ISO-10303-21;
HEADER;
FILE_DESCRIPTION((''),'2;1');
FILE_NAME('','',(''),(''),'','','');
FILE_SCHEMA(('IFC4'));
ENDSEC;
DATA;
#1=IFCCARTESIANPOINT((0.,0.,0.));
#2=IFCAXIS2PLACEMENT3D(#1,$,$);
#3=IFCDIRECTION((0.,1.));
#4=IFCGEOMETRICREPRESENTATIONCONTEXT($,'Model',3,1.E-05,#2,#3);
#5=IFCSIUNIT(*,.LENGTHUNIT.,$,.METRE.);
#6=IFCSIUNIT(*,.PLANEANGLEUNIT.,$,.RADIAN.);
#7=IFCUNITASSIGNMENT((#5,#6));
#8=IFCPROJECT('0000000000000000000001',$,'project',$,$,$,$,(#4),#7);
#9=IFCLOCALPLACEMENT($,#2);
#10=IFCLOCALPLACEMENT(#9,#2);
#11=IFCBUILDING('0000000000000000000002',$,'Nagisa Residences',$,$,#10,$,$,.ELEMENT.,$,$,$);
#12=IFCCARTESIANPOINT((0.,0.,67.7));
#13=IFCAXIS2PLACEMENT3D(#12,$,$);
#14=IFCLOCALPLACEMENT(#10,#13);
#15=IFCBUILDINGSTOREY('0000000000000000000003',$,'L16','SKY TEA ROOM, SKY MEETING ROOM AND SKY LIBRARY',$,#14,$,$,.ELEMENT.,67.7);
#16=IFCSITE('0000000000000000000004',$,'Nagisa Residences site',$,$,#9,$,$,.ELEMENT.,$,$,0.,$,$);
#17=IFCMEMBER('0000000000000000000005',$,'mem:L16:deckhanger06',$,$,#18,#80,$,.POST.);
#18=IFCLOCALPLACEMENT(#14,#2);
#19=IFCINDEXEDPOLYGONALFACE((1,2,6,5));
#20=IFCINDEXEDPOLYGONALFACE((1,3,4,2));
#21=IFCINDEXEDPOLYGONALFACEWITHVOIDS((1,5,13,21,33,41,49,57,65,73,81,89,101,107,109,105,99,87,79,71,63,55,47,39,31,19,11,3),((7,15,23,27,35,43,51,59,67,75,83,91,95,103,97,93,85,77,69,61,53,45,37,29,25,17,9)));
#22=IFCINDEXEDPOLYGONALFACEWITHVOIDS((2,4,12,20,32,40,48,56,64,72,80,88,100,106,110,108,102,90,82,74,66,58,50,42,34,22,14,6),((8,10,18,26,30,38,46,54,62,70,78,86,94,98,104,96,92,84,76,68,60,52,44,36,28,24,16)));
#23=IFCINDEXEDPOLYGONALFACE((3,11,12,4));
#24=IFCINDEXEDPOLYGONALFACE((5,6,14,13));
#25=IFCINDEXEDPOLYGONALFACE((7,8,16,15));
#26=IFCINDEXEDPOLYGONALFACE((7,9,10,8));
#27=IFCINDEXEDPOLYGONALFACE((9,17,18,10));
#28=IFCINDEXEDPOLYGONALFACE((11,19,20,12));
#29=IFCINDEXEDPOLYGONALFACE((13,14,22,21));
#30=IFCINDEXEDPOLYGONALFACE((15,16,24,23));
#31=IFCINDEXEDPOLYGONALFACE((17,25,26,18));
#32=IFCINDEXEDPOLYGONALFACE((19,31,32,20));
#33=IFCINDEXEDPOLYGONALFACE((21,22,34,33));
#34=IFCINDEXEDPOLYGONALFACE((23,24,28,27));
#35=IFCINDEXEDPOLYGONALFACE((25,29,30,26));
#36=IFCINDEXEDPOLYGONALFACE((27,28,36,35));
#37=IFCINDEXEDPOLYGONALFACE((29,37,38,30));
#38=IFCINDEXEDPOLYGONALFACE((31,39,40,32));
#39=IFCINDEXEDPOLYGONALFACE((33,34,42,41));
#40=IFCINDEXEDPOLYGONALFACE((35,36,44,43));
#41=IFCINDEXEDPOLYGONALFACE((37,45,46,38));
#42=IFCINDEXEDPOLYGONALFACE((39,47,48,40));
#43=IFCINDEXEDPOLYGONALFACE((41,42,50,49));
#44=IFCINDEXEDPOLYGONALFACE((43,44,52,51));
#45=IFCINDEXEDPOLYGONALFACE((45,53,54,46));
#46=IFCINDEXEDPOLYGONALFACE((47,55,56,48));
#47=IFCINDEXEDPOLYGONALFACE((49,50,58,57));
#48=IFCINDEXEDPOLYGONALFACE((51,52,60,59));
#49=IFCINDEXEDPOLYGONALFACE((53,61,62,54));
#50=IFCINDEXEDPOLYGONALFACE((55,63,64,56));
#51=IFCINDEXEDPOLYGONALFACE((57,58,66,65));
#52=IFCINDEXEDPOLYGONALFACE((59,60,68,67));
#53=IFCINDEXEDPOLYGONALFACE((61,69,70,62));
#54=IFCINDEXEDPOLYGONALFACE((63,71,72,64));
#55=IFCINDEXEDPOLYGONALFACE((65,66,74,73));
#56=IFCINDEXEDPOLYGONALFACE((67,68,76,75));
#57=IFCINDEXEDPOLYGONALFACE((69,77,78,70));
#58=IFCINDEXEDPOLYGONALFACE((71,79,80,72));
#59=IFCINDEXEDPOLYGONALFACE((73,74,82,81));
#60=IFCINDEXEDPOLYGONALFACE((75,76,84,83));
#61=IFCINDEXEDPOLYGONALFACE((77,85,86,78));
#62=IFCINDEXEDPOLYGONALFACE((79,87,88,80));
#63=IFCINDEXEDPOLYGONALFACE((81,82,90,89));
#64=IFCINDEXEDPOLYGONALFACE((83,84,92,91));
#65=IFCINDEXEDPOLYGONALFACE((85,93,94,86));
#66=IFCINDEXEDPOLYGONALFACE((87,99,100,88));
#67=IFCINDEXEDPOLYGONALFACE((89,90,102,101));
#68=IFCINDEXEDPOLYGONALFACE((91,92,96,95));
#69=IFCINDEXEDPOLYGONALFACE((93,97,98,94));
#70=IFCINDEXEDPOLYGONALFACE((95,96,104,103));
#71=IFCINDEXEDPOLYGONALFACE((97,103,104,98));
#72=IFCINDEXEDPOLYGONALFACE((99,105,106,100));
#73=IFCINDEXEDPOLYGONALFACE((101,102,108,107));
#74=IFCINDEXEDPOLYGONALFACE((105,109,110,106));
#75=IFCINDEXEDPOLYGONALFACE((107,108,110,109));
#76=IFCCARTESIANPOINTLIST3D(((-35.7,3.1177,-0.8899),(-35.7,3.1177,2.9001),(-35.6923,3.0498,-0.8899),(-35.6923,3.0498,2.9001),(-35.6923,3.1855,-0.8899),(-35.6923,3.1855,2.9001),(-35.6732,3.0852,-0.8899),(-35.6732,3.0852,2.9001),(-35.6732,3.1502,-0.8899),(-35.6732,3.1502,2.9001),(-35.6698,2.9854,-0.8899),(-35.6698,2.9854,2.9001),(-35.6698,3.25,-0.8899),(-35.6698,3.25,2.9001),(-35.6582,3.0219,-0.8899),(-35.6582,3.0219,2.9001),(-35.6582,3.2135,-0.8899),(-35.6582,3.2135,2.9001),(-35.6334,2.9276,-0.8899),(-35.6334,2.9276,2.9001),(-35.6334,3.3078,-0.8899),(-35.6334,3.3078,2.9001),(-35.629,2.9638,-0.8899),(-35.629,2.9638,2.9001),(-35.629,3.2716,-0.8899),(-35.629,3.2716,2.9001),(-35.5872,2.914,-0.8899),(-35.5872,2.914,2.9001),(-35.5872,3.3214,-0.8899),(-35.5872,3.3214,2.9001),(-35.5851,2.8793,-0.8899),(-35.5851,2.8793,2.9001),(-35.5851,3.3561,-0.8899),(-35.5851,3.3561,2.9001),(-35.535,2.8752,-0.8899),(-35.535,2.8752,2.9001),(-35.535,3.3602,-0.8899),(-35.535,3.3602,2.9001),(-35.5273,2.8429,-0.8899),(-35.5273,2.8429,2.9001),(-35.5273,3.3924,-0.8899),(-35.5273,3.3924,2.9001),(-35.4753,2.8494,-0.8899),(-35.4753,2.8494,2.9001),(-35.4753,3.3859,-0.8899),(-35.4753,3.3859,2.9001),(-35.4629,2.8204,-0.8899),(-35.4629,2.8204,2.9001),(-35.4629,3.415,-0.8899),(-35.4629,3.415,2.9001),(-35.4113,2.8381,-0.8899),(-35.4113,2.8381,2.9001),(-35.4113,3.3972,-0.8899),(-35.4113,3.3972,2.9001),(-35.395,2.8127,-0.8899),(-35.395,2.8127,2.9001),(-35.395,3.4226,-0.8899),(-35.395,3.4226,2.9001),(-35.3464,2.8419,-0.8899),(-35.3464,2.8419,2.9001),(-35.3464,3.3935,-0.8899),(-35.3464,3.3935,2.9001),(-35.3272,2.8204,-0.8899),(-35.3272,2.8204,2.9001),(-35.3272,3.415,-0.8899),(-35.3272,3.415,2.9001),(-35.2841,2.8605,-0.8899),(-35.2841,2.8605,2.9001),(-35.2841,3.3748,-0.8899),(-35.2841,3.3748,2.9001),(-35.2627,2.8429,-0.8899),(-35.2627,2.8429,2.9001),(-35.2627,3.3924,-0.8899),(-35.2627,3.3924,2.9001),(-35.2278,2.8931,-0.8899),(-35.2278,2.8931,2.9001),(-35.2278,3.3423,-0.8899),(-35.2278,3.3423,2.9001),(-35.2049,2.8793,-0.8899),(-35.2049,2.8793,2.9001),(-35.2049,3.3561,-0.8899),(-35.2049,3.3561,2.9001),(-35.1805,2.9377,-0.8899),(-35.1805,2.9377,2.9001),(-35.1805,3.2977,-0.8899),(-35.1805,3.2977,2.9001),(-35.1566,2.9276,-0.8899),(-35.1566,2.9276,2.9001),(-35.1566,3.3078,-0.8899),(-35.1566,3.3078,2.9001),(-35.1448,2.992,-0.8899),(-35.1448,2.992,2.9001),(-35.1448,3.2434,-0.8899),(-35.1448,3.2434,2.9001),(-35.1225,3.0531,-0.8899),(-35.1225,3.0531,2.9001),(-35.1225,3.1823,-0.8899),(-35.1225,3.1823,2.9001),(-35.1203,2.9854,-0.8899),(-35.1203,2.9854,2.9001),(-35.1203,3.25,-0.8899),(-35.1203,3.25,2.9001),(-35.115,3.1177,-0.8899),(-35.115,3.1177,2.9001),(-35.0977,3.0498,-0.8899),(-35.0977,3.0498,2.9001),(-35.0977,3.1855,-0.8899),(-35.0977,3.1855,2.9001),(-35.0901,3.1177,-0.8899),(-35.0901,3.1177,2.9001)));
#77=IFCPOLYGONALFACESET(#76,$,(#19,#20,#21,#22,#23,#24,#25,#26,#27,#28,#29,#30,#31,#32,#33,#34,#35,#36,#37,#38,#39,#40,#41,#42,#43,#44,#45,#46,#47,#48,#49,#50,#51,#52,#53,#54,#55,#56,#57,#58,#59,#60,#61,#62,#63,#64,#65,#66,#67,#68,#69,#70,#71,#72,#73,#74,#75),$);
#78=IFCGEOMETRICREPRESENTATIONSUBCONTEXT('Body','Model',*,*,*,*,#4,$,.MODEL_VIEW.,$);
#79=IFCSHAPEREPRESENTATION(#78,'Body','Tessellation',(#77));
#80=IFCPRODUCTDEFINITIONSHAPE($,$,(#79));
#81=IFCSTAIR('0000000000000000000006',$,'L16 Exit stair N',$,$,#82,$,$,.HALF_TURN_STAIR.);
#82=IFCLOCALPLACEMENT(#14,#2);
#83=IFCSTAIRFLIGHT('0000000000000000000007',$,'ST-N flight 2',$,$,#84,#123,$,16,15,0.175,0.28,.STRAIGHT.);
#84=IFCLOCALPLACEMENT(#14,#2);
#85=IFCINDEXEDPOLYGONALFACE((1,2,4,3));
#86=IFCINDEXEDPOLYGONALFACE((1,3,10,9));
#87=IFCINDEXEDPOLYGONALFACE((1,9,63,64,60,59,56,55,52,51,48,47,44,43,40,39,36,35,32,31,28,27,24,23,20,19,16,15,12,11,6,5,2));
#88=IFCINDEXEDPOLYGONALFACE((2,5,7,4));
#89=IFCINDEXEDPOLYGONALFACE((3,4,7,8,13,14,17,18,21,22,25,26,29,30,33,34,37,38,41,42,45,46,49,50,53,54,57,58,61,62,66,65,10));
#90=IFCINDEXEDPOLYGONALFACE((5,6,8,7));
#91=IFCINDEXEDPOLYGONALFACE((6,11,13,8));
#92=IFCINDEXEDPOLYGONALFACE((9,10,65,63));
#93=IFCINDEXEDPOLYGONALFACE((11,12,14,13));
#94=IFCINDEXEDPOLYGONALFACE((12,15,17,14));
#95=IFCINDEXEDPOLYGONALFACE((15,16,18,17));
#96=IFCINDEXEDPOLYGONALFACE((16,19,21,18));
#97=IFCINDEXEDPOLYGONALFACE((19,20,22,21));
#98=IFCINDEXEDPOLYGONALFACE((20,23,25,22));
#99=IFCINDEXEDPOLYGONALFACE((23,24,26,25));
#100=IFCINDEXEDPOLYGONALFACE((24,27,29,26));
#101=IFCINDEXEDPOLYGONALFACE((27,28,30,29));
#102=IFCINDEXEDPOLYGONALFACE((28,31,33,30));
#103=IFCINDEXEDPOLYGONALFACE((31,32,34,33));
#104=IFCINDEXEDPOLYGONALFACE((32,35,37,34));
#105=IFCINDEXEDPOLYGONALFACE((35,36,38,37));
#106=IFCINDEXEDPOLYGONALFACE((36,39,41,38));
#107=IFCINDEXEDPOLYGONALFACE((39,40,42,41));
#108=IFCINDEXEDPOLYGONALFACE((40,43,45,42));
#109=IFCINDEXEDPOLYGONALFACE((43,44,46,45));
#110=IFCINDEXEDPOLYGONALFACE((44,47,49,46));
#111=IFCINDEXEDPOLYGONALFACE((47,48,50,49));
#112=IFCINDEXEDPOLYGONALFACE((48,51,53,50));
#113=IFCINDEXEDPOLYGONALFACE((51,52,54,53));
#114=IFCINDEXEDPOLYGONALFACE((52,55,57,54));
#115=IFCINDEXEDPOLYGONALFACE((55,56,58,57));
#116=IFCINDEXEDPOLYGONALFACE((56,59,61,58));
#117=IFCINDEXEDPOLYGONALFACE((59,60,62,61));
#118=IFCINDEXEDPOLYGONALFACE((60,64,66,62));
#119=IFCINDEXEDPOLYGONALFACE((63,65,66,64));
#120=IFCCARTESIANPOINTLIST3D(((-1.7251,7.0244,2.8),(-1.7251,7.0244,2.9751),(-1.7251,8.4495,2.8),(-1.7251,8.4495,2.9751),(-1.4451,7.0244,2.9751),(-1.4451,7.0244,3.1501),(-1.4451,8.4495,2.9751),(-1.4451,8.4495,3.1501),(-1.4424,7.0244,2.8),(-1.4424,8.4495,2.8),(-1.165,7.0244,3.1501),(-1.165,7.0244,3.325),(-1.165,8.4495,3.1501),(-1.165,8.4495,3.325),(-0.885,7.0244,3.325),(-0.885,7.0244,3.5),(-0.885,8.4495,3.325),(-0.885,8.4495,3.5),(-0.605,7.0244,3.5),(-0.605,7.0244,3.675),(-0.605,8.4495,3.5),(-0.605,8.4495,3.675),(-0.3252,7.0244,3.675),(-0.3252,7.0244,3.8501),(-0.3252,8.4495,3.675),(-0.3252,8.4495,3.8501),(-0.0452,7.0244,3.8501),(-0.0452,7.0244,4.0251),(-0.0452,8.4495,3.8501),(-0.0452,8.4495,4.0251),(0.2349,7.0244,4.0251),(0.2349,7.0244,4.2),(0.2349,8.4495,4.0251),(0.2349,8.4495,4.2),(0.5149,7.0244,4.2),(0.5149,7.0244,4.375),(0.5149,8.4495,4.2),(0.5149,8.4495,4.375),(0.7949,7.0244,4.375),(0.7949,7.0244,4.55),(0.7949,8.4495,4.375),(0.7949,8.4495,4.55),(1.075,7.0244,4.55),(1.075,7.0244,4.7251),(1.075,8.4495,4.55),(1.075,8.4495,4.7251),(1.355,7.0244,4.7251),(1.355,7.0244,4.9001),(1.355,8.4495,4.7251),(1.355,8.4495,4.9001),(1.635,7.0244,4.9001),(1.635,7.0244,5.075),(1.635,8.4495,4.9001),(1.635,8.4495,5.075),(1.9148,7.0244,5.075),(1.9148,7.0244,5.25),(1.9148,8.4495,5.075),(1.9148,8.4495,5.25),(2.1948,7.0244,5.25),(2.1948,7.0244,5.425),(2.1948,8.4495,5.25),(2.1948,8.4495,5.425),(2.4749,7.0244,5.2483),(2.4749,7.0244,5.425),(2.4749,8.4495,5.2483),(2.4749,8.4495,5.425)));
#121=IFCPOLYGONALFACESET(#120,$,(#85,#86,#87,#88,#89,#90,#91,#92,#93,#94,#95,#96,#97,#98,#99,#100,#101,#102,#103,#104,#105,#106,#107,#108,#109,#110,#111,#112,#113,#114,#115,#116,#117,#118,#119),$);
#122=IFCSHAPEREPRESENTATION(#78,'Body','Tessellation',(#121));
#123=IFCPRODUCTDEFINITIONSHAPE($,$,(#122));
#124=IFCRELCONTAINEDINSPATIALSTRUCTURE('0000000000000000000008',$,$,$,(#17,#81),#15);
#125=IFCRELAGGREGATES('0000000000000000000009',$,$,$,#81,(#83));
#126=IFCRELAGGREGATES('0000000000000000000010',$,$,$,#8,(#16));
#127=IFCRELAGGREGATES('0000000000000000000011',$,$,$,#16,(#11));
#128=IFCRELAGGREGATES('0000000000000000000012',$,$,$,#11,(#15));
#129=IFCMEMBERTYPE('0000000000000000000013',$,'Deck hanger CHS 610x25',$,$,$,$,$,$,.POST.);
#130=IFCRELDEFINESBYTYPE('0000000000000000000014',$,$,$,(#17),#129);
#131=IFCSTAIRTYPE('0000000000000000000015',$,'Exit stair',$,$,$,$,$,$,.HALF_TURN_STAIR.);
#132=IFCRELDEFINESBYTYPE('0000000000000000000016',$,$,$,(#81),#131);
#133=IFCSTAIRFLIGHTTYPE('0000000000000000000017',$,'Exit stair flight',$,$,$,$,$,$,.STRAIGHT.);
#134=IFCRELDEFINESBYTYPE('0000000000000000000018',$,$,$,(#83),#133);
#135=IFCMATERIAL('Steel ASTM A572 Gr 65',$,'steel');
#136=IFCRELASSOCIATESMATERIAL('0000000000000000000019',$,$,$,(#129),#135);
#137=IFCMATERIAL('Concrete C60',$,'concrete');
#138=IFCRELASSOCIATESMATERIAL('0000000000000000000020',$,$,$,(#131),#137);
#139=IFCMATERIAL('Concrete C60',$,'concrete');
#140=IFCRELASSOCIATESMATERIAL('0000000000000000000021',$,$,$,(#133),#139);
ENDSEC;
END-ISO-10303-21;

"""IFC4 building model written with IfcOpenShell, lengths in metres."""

from ifc_helpers import new_model, si_unit, direction, frame, origin, origin_2d, place, context, subcontext, project, spatial, polyline, hollow_circle, outline, extrude, material, material_profile, profile_set, type_object, element, aggregate, save


model = new_model("IFC4")

# Units and contexts
model_context = context("Model", 3, precision=1e-05, world=origin(), true_north=direction((0.0, 1.0)))
body_context = subcontext(model_context, "Body", "Model", "MODEL_VIEW")
ifc_project = project(units=[si_unit("LENGTHUNIT", "METRE"), si_unit("PLANEANGLEUNIT", "RADIAN")], contexts=[model_context])

# Site, building, storey
site_placement = place(None, origin())
site = spatial("IfcSite", under=ifc_project, at=site_placement, Name="Nagisa Residences site", CompositionType="ELEMENT", RefElevation=0.0)
building_placement = place(site_placement, origin())
building = spatial("IfcBuilding", under=site, at=building_placement, Name="Nagisa Residences", CompositionType="ELEMENT")
storey_placement = place(building_placement, frame((0.0, 0.0, 67.7)))
storey = spatial("IfcBuildingStorey", under=building, at=storey_placement, Name="L16", Description="SKY TEA ROOM, SKY MEETING ROOM AND SKY LIBRARY", CompositionType="ELEMENT", Elevation=67.7)

# Member
ifc_material_1 = material(Name="Steel ASTM A572 Gr 65", Category="steel")
ifc_material_profile_1 = material_profile(ifc_material_1, hollow_circle(Radius=0.3049, WallThickness=0.0249, at=origin_2d()), Name="CHS 610x25")
ifc_profile_set_1 = profile_set([ifc_material_profile_1], Name="Steel ASTM A572 Gr 65")
member_type_1 = type_object("IfcMemberType", Name="Deck hanger CHS 610x25", PredefinedType="POST", material=ifc_profile_set_1)
member_1_placement = place(storey_placement, frame((-35.395, 3.1177, 2.9001), z_axis=(0.0, 0.0, -1.0), x_axis=(1.0, 0.0, 0.0)))
element("IfcMember", 1, at=member_1_placement, inside=storey, type_object=member_type_1, Name="mem:L16:deckhanger06", PredefinedType="POST", context=body_context, shape_type="SweptSolid", body=[
    extrude(hollow_circle(Radius=0.3049, WallThickness=0.0249, at=origin_2d()), origin(), (0.0, 0.0, 1.0), 3.79),
])

# Stair, stair flight
ifc_material_2 = material(Name="Concrete C60", Category="concrete")
stair_type = type_object("IfcStairType", Name="Exit stair", PredefinedType="HALF_TURN_STAIR", material=ifc_material_2)
stair_placement = place(storey_placement, origin())
stair = element("IfcStair", 2, at=stair_placement, inside=storey, type_object=stair_type, Name="L16 Exit stair N", PredefinedType="HALF_TURN_STAIR")
ifc_material_3 = material(Name="Concrete C60", Category="concrete")
stair_flight_type = type_object("IfcStairFlightType", Name="Exit stair flight", PredefinedType="STRAIGHT", material=ifc_material_3)
stair_flight_placement = place(storey_placement, frame((-1.7251, 7.7371, 2.8), z_axis=(0.0, 0.0, 1.0), x_axis=(1.0, 0.0, 0.0)))
stair_flight = element("IfcStairFlight", 3, at=stair_flight_placement, type_object=stair_flight_type, Name="ST-N flight 2", NumberOfRisers=16, NumberOfTreads=15, PredefinedType="STRAIGHT", RiserHeight=0.175, TreadLength=0.28, context=body_context, shape_type="SweptSolid", body=[
    extrude(outline(polyline([(0.0, 0.0), (0.0, 0.175), (0.28, 0.175), (0.28, 0.3501), (0.5601, 0.3501), (0.5601, 0.5249), (0.8401, 0.5249), (0.8401, 0.7), (1.1201, 0.7), (1.1201, 0.875), (1.3999, 0.875), (1.3999, 1.05), (1.6799, 1.05), (1.6799, 1.2251), (1.96, 1.2251), (1.96, 1.3999), (2.24, 1.3999), (2.24, 1.575), (2.52, 1.575), (2.52, 1.75), (2.8, 1.75), (2.8, 1.925), (3.0801, 1.925), (3.0801, 2.1001), (3.3601, 2.1001), (3.3601, 2.2749), (3.6399, 2.2749), (3.6399, 2.45), (3.9199, 2.45), (3.9199, 2.625), (4.2, 2.625), (4.2, 2.8), (4.2, 2.4482), (0.2827, 0.0), (0.0, 0.0)])), frame((0.0, 0.7124, 0.0), z_axis=(0.0, -1.0, 0.0), x_axis=(1.0, 0.0, 0.0)), (0.0, 0.0, 1.0), 1.425),
])
aggregate(stair, [stair_flight])

save(model, "model.ifc")
